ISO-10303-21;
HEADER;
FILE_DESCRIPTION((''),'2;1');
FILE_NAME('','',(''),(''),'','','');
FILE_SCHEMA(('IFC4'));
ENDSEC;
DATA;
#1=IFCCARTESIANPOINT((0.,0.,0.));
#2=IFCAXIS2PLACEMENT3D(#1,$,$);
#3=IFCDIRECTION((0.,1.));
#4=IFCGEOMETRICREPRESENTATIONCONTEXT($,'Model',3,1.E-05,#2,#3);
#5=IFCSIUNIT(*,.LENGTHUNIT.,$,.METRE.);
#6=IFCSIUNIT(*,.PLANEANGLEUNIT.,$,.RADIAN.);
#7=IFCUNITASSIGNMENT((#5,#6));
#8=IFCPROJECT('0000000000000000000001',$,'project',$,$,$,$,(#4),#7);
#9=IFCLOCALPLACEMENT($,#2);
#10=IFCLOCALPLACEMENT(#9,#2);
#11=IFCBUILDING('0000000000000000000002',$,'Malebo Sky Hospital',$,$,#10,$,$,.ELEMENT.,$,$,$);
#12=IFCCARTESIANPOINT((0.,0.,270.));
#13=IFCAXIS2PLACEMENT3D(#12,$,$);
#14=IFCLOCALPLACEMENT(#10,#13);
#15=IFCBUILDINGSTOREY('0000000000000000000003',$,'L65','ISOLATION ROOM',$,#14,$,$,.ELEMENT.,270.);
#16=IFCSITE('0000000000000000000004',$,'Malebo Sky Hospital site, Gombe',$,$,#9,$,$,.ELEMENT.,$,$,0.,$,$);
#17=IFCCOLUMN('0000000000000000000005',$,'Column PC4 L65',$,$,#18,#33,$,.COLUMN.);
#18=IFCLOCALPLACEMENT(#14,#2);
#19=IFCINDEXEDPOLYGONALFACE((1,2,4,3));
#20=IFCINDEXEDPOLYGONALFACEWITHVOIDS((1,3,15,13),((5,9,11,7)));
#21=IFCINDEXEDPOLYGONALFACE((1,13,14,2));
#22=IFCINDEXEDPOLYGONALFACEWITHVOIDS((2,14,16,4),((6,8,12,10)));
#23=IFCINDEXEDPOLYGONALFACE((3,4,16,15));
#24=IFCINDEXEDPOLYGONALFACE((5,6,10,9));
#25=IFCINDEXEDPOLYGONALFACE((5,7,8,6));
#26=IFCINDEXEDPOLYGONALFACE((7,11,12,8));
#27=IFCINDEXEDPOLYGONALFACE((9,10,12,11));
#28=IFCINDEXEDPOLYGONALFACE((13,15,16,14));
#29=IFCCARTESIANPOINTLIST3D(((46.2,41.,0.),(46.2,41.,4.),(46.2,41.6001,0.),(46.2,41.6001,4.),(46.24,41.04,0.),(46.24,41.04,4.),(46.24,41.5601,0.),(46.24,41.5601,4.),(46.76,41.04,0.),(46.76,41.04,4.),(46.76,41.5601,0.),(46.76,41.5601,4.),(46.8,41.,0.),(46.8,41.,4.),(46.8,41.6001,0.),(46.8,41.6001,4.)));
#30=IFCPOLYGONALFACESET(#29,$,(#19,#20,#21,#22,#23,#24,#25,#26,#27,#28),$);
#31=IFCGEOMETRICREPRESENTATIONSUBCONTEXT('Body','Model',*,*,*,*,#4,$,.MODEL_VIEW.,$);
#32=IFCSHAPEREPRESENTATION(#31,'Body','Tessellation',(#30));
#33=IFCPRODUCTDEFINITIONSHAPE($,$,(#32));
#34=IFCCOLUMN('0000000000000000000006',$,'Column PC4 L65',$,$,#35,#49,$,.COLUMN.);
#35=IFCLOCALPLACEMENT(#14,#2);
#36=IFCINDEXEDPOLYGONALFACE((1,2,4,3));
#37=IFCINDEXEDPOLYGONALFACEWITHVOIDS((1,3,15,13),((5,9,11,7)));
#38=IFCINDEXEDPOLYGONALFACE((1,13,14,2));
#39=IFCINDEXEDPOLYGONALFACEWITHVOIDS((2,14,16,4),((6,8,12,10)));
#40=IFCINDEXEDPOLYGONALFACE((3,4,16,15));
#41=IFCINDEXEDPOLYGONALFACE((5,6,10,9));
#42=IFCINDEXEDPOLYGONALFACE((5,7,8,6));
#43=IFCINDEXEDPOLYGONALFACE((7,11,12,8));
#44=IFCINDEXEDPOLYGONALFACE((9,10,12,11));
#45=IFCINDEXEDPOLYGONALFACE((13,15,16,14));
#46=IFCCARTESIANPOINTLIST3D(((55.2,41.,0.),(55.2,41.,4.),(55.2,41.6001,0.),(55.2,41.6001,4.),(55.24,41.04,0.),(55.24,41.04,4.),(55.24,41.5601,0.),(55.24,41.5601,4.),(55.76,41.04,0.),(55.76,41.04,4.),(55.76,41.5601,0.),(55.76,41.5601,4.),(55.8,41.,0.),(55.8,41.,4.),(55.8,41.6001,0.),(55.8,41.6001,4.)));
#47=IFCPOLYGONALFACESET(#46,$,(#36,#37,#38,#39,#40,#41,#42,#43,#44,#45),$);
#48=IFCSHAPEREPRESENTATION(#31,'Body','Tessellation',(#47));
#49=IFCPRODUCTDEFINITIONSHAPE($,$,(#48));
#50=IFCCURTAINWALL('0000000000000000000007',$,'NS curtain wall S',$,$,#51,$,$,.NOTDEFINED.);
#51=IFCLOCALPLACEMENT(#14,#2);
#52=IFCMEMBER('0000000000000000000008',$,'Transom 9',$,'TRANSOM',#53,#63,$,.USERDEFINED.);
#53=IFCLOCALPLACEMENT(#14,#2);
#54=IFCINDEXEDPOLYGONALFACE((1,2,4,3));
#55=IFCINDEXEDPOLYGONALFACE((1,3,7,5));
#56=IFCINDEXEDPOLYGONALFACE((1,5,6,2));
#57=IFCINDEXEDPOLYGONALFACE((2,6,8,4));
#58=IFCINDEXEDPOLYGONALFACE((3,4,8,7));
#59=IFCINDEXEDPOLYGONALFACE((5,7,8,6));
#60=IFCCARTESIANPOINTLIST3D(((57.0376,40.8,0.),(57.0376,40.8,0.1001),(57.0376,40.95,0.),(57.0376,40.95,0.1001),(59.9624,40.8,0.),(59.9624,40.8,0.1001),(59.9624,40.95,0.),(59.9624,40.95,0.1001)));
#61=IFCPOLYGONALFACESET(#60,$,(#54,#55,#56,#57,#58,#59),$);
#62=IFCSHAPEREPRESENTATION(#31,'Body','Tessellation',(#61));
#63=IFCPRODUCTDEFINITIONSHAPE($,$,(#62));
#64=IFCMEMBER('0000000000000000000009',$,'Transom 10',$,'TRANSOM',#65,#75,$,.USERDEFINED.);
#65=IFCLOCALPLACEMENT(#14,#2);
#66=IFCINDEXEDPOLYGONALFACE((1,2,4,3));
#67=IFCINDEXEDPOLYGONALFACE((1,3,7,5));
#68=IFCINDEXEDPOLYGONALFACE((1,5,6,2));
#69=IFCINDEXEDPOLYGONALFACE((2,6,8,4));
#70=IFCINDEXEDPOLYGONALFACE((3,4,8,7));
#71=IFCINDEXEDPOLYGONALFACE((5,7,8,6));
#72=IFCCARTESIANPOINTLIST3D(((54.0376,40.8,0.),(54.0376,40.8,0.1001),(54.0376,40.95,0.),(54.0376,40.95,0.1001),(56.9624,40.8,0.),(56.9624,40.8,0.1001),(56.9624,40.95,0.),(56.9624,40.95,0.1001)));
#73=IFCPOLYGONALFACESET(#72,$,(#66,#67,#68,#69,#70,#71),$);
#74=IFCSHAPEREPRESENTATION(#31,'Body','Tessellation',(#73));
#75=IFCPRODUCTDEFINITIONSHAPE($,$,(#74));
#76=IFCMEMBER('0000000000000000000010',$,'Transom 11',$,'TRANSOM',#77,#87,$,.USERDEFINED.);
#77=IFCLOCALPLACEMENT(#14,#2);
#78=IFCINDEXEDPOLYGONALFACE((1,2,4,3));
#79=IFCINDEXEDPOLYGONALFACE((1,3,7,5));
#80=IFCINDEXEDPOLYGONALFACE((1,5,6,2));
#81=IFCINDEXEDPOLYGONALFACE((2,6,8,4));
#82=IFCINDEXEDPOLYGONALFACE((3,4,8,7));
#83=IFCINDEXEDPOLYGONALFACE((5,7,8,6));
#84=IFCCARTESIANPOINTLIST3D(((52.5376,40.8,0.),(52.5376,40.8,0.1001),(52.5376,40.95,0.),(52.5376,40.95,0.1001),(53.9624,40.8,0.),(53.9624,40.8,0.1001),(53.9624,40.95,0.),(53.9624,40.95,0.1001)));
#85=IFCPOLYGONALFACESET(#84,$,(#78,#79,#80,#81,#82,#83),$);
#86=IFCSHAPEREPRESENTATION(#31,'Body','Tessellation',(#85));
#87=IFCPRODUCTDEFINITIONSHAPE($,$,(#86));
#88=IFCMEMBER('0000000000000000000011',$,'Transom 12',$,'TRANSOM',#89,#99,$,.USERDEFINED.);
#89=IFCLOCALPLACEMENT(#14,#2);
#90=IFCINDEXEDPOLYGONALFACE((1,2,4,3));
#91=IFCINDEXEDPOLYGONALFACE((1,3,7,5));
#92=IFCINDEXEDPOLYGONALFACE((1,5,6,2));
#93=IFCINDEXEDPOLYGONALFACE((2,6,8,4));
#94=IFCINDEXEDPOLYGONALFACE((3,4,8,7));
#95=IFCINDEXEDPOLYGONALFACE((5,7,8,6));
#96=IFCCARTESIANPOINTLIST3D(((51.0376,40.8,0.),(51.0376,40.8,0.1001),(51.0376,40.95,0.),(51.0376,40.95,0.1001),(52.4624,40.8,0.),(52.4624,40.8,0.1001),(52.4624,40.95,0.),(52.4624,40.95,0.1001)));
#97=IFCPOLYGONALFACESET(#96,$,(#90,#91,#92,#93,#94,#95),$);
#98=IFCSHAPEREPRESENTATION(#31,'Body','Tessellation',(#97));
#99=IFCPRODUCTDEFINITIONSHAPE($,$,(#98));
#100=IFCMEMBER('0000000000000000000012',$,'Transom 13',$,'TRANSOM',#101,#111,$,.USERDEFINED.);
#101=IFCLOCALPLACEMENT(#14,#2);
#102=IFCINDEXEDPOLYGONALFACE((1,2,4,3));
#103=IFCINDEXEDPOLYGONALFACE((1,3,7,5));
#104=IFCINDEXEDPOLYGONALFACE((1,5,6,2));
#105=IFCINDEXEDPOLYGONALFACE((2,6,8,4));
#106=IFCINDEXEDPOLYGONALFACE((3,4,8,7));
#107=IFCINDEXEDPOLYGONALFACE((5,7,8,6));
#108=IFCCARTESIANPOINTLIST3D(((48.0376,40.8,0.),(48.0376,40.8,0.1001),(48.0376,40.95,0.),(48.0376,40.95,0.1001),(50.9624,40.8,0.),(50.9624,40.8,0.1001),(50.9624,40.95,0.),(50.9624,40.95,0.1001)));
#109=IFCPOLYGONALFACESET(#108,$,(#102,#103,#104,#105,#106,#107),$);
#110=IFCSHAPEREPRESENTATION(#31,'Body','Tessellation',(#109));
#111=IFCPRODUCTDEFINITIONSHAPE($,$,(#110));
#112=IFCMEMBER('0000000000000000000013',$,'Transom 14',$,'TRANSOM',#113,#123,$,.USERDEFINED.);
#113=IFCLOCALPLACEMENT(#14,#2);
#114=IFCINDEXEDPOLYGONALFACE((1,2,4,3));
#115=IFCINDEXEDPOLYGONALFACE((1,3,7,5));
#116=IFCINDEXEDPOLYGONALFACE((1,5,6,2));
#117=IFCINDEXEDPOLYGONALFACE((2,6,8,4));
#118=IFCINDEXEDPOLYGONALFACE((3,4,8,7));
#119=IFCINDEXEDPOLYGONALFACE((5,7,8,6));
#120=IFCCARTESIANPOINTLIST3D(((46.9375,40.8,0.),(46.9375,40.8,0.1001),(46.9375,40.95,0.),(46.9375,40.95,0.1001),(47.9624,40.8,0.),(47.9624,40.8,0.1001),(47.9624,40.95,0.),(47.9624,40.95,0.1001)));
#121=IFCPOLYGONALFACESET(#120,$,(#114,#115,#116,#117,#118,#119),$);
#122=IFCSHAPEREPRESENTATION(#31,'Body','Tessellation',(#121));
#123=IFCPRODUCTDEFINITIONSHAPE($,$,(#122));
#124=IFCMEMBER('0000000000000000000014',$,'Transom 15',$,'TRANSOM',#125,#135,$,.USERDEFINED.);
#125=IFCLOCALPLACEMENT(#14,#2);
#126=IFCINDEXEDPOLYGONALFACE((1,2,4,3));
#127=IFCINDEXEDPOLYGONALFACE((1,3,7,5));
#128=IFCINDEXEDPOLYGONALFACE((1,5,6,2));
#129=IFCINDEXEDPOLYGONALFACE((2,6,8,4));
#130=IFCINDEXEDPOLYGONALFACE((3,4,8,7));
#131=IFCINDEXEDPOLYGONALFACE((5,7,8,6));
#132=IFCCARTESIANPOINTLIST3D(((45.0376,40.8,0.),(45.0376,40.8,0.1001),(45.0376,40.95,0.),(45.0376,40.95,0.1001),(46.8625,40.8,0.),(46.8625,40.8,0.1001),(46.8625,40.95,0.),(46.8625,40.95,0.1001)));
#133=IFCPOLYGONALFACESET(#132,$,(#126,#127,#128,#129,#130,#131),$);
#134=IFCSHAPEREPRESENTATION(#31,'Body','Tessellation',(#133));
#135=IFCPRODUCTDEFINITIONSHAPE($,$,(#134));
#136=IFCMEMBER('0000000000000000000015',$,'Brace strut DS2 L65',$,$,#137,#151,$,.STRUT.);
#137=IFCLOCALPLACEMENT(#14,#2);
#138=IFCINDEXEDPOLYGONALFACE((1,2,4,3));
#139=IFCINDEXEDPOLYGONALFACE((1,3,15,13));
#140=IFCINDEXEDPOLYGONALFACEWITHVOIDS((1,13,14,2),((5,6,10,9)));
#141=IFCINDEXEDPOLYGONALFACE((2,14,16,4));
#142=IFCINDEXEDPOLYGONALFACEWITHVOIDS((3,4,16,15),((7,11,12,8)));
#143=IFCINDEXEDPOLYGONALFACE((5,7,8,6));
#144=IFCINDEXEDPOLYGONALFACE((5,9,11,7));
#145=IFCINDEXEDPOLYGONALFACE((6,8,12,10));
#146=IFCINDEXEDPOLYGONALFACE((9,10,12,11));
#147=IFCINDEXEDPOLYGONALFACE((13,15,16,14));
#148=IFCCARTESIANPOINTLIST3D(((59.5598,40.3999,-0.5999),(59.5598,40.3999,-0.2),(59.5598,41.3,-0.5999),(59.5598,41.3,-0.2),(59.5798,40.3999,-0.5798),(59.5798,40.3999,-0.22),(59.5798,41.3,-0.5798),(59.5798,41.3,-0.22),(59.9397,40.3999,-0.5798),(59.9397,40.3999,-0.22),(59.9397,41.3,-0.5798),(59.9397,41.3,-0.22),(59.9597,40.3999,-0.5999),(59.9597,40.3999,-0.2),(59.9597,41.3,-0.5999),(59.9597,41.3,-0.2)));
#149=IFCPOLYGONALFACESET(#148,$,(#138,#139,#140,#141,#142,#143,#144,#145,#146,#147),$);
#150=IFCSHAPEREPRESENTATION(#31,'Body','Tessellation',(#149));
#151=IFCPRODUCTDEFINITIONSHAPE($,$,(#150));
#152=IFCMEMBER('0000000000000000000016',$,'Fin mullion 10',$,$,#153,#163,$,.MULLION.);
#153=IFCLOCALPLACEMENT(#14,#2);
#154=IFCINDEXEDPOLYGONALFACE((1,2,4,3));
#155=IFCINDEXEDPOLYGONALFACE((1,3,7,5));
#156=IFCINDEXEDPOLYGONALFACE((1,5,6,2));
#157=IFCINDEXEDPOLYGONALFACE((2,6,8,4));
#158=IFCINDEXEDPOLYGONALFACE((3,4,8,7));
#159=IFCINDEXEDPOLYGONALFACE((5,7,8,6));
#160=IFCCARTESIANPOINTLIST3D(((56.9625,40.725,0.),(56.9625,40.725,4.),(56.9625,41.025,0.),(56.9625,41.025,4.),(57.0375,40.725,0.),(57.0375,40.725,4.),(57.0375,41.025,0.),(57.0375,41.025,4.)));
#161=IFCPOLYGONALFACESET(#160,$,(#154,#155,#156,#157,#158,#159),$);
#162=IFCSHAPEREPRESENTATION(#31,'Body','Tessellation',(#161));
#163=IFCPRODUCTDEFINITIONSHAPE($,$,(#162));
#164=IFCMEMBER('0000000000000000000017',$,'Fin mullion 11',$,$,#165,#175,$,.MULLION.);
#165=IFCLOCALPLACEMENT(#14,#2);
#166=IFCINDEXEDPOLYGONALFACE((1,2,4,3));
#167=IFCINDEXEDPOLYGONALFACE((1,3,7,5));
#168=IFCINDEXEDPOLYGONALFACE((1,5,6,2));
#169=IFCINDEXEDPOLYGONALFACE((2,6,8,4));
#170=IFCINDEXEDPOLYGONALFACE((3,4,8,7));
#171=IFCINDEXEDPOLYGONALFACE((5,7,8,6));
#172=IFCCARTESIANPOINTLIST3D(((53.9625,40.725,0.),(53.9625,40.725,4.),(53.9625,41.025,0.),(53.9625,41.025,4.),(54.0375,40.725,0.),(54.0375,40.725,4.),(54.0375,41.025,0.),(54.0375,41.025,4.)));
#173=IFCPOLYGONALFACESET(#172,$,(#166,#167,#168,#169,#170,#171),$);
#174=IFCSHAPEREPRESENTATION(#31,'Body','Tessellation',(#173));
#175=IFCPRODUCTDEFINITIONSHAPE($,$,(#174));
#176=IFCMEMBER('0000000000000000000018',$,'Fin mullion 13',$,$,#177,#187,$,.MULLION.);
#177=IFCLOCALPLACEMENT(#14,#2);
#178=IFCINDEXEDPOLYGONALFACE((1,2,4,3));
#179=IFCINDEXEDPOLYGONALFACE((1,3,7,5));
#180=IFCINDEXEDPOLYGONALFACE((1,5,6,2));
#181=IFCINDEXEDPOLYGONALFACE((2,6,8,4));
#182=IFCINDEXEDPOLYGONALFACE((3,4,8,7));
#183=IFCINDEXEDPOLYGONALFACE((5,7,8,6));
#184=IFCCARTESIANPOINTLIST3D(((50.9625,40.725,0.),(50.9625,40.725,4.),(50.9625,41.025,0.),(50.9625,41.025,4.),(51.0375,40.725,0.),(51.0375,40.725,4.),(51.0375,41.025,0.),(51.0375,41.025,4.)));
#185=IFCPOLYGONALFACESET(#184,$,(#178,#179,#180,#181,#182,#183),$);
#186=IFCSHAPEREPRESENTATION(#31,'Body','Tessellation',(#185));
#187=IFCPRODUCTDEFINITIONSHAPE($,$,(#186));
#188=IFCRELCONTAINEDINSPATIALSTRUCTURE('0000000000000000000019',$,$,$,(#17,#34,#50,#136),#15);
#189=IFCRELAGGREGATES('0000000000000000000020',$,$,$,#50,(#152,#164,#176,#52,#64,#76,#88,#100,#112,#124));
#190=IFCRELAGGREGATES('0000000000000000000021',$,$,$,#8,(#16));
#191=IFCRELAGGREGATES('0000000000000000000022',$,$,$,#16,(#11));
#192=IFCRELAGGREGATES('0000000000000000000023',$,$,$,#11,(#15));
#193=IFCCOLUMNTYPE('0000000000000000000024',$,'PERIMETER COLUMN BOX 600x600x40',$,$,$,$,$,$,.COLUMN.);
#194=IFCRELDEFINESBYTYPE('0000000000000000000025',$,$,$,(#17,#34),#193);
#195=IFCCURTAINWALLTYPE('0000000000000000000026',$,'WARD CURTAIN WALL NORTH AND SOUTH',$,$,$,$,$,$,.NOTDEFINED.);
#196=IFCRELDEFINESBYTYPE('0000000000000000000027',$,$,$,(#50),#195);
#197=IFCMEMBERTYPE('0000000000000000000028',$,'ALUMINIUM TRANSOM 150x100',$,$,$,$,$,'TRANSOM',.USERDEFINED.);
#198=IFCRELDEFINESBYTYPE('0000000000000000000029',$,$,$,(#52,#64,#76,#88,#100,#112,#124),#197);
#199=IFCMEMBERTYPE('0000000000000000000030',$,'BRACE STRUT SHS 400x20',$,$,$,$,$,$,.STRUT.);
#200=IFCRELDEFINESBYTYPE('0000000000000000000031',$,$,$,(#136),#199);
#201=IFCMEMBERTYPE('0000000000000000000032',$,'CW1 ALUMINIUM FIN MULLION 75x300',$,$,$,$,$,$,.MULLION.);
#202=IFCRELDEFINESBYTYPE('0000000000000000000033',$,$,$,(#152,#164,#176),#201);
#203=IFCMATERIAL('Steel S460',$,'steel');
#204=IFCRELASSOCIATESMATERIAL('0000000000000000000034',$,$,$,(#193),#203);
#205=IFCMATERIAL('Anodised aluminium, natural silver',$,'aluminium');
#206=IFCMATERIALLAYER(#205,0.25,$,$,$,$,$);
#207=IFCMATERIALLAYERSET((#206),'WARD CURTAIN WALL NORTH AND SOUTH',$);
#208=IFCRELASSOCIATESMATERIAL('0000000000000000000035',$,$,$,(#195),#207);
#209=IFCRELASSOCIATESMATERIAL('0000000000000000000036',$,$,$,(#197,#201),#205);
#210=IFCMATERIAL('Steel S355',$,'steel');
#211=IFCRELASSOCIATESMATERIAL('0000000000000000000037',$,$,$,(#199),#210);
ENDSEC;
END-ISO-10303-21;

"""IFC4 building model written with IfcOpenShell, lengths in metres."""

from ifc_helpers import new_model, si_unit, direction, frame, origin, origin_2d, place, context, subcontext, project, spatial, rectangle, hollow_rectangle, extrude, material, layer, layer_set, material_profile, profile_set, type_object, element, aggregate, save


model = new_model("IFC4")

# Units and contexts
model_context = context("Model", 3, precision=1e-05, world=origin(), true_north=direction((0.0, 1.0)))
body_context = subcontext(model_context, "Body", "Model", "MODEL_VIEW")
ifc_project = project(units=[si_unit("LENGTHUNIT", "METRE"), si_unit("PLANEANGLEUNIT", "RADIAN")], contexts=[model_context])

# Site, building, storey
site_placement = place(None, origin())
site = spatial("IfcSite", under=ifc_project, at=site_placement, Name="Malebo Sky Hospital site, Gombe", CompositionType="ELEMENT", RefElevation=0.0)
building_placement = place(site_placement, origin())
building = spatial("IfcBuilding", under=site, at=building_placement, Name="Malebo Sky Hospital", CompositionType="ELEMENT")
storey_placement = place(building_placement, frame((0.0, 0.0, 270.0)))
storey = spatial("IfcBuildingStorey", under=building, at=storey_placement, Name="L65", Description="ISOLATION ROOM", CompositionType="ELEMENT", Elevation=270.0)

# Columns
ifc_material_1 = material(Name="Steel S460", Category="steel")
ifc_material_profile_1 = material_profile(ifc_material_1, hollow_rectangle(XDim=0.6001, YDim=0.6001, WallThickness=0.04, at=origin_2d()), Name="BOX 600x600x40")
ifc_profile_set_1 = profile_set([ifc_material_profile_1], Name="Steel S460")
column_type = type_object("IfcColumnType", Name="PERIMETER COLUMN BOX 600x600x40", PredefinedType="COLUMN", material=ifc_profile_set_1)
for number, where, z_axis, x_axis, name in (
    (1, (46.5, 41.3, 0.0), (0.0, 0.0, 1.0), (1.0, 0.0, 0.0), "Column PC4 L65"),
    (2, (55.5, 41.3, 0.0), (0.0, 0.0, 1.0), (1.0, 0.0, 0.0), "Column PC4 L65"),
):
    element("IfcColumn", number, at=place(storey_placement, frame(where, z_axis=z_axis, x_axis=x_axis)), inside=storey, type_object=column_type, Name=name, PredefinedType="COLUMN", context=body_context, shape_type="SweptSolid", body=[
        extrude(hollow_rectangle(XDim=0.6001, YDim=0.6001, WallThickness=0.04, at=origin_2d()), origin(), (0.0, 0.0, 1.0), 4.0),
    ])

# Curtain wall, members
ifc_material_2 = material(Name="Anodised aluminium, natural silver", Category="aluminium")
ifc_layer_1 = layer(ifc_material_2, 0.25)
ifc_layer_set_1 = layer_set([ifc_layer_1], Name="WARD CURTAIN WALL NORTH AND SOUTH")
curtain_wall_type = type_object("IfcCurtainWallType", Name="WARD CURTAIN WALL NORTH AND SOUTH", PredefinedType="NOTDEFINED", material=ifc_layer_set_1)
curtain_wall_placement = place(storey_placement, origin())
curtain_wall = element("IfcCurtainWall", 3, at=curtain_wall_placement, inside=storey, type_object=curtain_wall_type, Name="NS curtain wall S", PredefinedType="NOTDEFINED")
ifc_material_profile_2 = material_profile(ifc_material_2, rectangle(XDim=0.1499, YDim=0.1001, at=origin_2d()), Name="ALUMINIUM TRANSOM 150x100")
ifc_profile_set_2 = profile_set([ifc_material_profile_2], Name="Anodised aluminium, natural silver")
member_type_1 = type_object("IfcMemberType", Name="ALUMINIUM TRANSOM 150x100", ElementType="TRANSOM", PredefinedType="USERDEFINED", material=ifc_profile_set_2)
member_1_placement = place(storey_placement, frame((59.9624, 40.875, 0.05), z_axis=(-1.0, 0.0, 0.0), x_axis=(0.0, -1.0, 0.0)))
member_1 = element("IfcMember", 4, at=member_1_placement, type_object=member_type_1, Name="Transom 9", ObjectType="TRANSOM", PredefinedType="USERDEFINED", context=body_context, shape_type="SweptSolid", body=[
    extrude(rectangle(XDim=0.1499, YDim=0.1001, at=origin_2d()), origin(), (0.0, 0.0, 1.0), 2.9248),
])
member_2_placement = place(storey_placement, frame((56.9624, 40.875, 0.05), z_axis=(-1.0, 0.0, 0.0), x_axis=(0.0, -1.0, 0.0)))
member_2 = element("IfcMember", 5, at=member_2_placement, type_object=member_type_1, Name="Transom 10", ObjectType="TRANSOM", PredefinedType="USERDEFINED", context=body_context, shape_type="SweptSolid", body=[
    extrude(rectangle(XDim=0.1499, YDim=0.1001, at=origin_2d()), origin(), (0.0, 0.0, 1.0), 2.9248),
])
member_3_placement = place(storey_placement, frame((53.9624, 40.875, 0.05), z_axis=(-1.0, 0.0, 0.0), x_axis=(0.0, -1.0, 0.0)))
member_3 = element("IfcMember", 6, at=member_3_placement, type_object=member_type_1, Name="Transom 11", ObjectType="TRANSOM", PredefinedType="USERDEFINED", context=body_context, shape_type="SweptSolid", body=[
    extrude(rectangle(XDim=0.1499, YDim=0.1001, at=origin_2d()), origin(), (0.0, 0.0, 1.0), 1.4248),
])
member_4_placement = place(storey_placement, frame((52.4624, 40.875, 0.05), z_axis=(-1.0, 0.0, 0.0), x_axis=(0.0, -1.0, 0.0)))
member_4 = element("IfcMember", 7, at=member_4_placement, type_object=member_type_1, Name="Transom 12", ObjectType="TRANSOM", PredefinedType="USERDEFINED", context=body_context, shape_type="SweptSolid", body=[
    extrude(rectangle(XDim=0.1499, YDim=0.1001, at=origin_2d()), origin(), (0.0, 0.0, 1.0), 1.4248),
])
member_5_placement = place(storey_placement, frame((50.9624, 40.875, 0.05), z_axis=(-1.0, 0.0, 0.0), x_axis=(0.0, -1.0, 0.0)))
member_5 = element("IfcMember", 8, at=member_5_placement, type_object=member_type_1, Name="Transom 13", ObjectType="TRANSOM", PredefinedType="USERDEFINED", context=body_context, shape_type="SweptSolid", body=[
    extrude(rectangle(XDim=0.1499, YDim=0.1001, at=origin_2d()), origin(), (0.0, 0.0, 1.0), 2.9248),
])
member_6_placement = place(storey_placement, frame((47.9624, 40.875, 0.05), z_axis=(-1.0, 0.0, 0.0), x_axis=(0.0, -1.0, 0.0)))
member_6 = element("IfcMember", 9, at=member_6_placement, type_object=member_type_1, Name="Transom 14", ObjectType="TRANSOM", PredefinedType="USERDEFINED", context=body_context, shape_type="SweptSolid", body=[
    extrude(rectangle(XDim=0.1499, YDim=0.1001, at=origin_2d()), origin(), (0.0, 0.0, 1.0), 1.0249),
])
member_7_placement = place(storey_placement, frame((46.8625, 40.875, 0.05), z_axis=(-1.0, 0.0, 0.0), x_axis=(0.0, -1.0, 0.0)))
member_7 = element("IfcMember", 10, at=member_7_placement, type_object=member_type_1, Name="Transom 15", ObjectType="TRANSOM", PredefinedType="USERDEFINED", context=body_context, shape_type="SweptSolid", body=[
    extrude(rectangle(XDim=0.1499, YDim=0.1001, at=origin_2d()), origin(), (0.0, 0.0, 1.0), 1.825),
])

# Members
ifc_material_3 = material(Name="Steel S355", Category="steel")
ifc_material_profile_3 = material_profile(ifc_material_3, hollow_rectangle(XDim=0.3999, YDim=0.3999, WallThickness=0.02, at=origin_2d()), Name="SHS 400x20")
ifc_profile_set_3 = profile_set([ifc_material_profile_3], Name="Steel S355")
member_type_2 = type_object("IfcMemberType", Name="BRACE STRUT SHS 400x20", PredefinedType="STRUT", material=ifc_profile_set_3)
member_8_placement = place(storey_placement, frame((59.7598, 40.3999, -0.3999), z_axis=(0.0, 1.0, 0.0), x_axis=(-1.0, 0.0, 0.0)))
element("IfcMember", 11, at=member_8_placement, inside=storey, type_object=member_type_2, Name="Brace strut DS2 L65", PredefinedType="STRUT", context=body_context, shape_type="SweptSolid", body=[
    extrude(hollow_rectangle(XDim=0.3999, YDim=0.3999, WallThickness=0.02, at=origin_2d()), origin(), (0.0, 0.0, 1.0), 0.9001),
])
ifc_material_profile_4 = material_profile(ifc_material_2, rectangle(XDim=0.075, YDim=0.3, at=origin_2d()), Name="CW1 ALUMINIUM FIN MULLION 75x300")
ifc_profile_set_4 = profile_set([ifc_material_profile_4], Name="Anodised aluminium, natural silver")
member_type_3 = type_object("IfcMemberType", Name="CW1 ALUMINIUM FIN MULLION 75x300", PredefinedType="MULLION", material=ifc_profile_set_4)
member_9_placement = place(storey_placement, frame((57.0, 40.875, 0.0), z_axis=(0.0, 0.0, 1.0), x_axis=(-1.0, 0.0, 0.0)))
member_9 = element("IfcMember", 12, at=member_9_placement, type_object=member_type_3, Name="Fin mullion 10", PredefinedType="MULLION", context=body_context, shape_type="SweptSolid", body=[
    extrude(rectangle(XDim=0.075, YDim=0.3, at=origin_2d()), origin(), (0.0, 0.0, 1.0), 4.0),
])
member_10_placement = place(storey_placement, frame((54.0, 40.875, 0.0), z_axis=(0.0, 0.0, 1.0), x_axis=(-1.0, 0.0, 0.0)))
member_10 = element("IfcMember", 13, at=member_10_placement, type_object=member_type_3, Name="Fin mullion 11", PredefinedType="MULLION", context=body_context, shape_type="SweptSolid", body=[
    extrude(rectangle(XDim=0.075, YDim=0.3, at=origin_2d()), origin(), (0.0, 0.0, 1.0), 4.0),
])
member_11_placement = place(storey_placement, frame((51.0, 40.875, 0.0), z_axis=(0.0, 0.0, 1.0), x_axis=(-1.0, 0.0, 0.0)))
member_11 = element("IfcMember", 14, at=member_11_placement, type_object=member_type_3, Name="Fin mullion 13", PredefinedType="MULLION", context=body_context, shape_type="SweptSolid", body=[
    extrude(rectangle(XDim=0.075, YDim=0.3, at=origin_2d()), origin(), (0.0, 0.0, 1.0), 4.0),
])

aggregate(curtain_wall, [member_9, member_10, member_11, member_1, member_2, member_3, member_4, member_5, member_6, member_7])

save(model, "model.ifc")
